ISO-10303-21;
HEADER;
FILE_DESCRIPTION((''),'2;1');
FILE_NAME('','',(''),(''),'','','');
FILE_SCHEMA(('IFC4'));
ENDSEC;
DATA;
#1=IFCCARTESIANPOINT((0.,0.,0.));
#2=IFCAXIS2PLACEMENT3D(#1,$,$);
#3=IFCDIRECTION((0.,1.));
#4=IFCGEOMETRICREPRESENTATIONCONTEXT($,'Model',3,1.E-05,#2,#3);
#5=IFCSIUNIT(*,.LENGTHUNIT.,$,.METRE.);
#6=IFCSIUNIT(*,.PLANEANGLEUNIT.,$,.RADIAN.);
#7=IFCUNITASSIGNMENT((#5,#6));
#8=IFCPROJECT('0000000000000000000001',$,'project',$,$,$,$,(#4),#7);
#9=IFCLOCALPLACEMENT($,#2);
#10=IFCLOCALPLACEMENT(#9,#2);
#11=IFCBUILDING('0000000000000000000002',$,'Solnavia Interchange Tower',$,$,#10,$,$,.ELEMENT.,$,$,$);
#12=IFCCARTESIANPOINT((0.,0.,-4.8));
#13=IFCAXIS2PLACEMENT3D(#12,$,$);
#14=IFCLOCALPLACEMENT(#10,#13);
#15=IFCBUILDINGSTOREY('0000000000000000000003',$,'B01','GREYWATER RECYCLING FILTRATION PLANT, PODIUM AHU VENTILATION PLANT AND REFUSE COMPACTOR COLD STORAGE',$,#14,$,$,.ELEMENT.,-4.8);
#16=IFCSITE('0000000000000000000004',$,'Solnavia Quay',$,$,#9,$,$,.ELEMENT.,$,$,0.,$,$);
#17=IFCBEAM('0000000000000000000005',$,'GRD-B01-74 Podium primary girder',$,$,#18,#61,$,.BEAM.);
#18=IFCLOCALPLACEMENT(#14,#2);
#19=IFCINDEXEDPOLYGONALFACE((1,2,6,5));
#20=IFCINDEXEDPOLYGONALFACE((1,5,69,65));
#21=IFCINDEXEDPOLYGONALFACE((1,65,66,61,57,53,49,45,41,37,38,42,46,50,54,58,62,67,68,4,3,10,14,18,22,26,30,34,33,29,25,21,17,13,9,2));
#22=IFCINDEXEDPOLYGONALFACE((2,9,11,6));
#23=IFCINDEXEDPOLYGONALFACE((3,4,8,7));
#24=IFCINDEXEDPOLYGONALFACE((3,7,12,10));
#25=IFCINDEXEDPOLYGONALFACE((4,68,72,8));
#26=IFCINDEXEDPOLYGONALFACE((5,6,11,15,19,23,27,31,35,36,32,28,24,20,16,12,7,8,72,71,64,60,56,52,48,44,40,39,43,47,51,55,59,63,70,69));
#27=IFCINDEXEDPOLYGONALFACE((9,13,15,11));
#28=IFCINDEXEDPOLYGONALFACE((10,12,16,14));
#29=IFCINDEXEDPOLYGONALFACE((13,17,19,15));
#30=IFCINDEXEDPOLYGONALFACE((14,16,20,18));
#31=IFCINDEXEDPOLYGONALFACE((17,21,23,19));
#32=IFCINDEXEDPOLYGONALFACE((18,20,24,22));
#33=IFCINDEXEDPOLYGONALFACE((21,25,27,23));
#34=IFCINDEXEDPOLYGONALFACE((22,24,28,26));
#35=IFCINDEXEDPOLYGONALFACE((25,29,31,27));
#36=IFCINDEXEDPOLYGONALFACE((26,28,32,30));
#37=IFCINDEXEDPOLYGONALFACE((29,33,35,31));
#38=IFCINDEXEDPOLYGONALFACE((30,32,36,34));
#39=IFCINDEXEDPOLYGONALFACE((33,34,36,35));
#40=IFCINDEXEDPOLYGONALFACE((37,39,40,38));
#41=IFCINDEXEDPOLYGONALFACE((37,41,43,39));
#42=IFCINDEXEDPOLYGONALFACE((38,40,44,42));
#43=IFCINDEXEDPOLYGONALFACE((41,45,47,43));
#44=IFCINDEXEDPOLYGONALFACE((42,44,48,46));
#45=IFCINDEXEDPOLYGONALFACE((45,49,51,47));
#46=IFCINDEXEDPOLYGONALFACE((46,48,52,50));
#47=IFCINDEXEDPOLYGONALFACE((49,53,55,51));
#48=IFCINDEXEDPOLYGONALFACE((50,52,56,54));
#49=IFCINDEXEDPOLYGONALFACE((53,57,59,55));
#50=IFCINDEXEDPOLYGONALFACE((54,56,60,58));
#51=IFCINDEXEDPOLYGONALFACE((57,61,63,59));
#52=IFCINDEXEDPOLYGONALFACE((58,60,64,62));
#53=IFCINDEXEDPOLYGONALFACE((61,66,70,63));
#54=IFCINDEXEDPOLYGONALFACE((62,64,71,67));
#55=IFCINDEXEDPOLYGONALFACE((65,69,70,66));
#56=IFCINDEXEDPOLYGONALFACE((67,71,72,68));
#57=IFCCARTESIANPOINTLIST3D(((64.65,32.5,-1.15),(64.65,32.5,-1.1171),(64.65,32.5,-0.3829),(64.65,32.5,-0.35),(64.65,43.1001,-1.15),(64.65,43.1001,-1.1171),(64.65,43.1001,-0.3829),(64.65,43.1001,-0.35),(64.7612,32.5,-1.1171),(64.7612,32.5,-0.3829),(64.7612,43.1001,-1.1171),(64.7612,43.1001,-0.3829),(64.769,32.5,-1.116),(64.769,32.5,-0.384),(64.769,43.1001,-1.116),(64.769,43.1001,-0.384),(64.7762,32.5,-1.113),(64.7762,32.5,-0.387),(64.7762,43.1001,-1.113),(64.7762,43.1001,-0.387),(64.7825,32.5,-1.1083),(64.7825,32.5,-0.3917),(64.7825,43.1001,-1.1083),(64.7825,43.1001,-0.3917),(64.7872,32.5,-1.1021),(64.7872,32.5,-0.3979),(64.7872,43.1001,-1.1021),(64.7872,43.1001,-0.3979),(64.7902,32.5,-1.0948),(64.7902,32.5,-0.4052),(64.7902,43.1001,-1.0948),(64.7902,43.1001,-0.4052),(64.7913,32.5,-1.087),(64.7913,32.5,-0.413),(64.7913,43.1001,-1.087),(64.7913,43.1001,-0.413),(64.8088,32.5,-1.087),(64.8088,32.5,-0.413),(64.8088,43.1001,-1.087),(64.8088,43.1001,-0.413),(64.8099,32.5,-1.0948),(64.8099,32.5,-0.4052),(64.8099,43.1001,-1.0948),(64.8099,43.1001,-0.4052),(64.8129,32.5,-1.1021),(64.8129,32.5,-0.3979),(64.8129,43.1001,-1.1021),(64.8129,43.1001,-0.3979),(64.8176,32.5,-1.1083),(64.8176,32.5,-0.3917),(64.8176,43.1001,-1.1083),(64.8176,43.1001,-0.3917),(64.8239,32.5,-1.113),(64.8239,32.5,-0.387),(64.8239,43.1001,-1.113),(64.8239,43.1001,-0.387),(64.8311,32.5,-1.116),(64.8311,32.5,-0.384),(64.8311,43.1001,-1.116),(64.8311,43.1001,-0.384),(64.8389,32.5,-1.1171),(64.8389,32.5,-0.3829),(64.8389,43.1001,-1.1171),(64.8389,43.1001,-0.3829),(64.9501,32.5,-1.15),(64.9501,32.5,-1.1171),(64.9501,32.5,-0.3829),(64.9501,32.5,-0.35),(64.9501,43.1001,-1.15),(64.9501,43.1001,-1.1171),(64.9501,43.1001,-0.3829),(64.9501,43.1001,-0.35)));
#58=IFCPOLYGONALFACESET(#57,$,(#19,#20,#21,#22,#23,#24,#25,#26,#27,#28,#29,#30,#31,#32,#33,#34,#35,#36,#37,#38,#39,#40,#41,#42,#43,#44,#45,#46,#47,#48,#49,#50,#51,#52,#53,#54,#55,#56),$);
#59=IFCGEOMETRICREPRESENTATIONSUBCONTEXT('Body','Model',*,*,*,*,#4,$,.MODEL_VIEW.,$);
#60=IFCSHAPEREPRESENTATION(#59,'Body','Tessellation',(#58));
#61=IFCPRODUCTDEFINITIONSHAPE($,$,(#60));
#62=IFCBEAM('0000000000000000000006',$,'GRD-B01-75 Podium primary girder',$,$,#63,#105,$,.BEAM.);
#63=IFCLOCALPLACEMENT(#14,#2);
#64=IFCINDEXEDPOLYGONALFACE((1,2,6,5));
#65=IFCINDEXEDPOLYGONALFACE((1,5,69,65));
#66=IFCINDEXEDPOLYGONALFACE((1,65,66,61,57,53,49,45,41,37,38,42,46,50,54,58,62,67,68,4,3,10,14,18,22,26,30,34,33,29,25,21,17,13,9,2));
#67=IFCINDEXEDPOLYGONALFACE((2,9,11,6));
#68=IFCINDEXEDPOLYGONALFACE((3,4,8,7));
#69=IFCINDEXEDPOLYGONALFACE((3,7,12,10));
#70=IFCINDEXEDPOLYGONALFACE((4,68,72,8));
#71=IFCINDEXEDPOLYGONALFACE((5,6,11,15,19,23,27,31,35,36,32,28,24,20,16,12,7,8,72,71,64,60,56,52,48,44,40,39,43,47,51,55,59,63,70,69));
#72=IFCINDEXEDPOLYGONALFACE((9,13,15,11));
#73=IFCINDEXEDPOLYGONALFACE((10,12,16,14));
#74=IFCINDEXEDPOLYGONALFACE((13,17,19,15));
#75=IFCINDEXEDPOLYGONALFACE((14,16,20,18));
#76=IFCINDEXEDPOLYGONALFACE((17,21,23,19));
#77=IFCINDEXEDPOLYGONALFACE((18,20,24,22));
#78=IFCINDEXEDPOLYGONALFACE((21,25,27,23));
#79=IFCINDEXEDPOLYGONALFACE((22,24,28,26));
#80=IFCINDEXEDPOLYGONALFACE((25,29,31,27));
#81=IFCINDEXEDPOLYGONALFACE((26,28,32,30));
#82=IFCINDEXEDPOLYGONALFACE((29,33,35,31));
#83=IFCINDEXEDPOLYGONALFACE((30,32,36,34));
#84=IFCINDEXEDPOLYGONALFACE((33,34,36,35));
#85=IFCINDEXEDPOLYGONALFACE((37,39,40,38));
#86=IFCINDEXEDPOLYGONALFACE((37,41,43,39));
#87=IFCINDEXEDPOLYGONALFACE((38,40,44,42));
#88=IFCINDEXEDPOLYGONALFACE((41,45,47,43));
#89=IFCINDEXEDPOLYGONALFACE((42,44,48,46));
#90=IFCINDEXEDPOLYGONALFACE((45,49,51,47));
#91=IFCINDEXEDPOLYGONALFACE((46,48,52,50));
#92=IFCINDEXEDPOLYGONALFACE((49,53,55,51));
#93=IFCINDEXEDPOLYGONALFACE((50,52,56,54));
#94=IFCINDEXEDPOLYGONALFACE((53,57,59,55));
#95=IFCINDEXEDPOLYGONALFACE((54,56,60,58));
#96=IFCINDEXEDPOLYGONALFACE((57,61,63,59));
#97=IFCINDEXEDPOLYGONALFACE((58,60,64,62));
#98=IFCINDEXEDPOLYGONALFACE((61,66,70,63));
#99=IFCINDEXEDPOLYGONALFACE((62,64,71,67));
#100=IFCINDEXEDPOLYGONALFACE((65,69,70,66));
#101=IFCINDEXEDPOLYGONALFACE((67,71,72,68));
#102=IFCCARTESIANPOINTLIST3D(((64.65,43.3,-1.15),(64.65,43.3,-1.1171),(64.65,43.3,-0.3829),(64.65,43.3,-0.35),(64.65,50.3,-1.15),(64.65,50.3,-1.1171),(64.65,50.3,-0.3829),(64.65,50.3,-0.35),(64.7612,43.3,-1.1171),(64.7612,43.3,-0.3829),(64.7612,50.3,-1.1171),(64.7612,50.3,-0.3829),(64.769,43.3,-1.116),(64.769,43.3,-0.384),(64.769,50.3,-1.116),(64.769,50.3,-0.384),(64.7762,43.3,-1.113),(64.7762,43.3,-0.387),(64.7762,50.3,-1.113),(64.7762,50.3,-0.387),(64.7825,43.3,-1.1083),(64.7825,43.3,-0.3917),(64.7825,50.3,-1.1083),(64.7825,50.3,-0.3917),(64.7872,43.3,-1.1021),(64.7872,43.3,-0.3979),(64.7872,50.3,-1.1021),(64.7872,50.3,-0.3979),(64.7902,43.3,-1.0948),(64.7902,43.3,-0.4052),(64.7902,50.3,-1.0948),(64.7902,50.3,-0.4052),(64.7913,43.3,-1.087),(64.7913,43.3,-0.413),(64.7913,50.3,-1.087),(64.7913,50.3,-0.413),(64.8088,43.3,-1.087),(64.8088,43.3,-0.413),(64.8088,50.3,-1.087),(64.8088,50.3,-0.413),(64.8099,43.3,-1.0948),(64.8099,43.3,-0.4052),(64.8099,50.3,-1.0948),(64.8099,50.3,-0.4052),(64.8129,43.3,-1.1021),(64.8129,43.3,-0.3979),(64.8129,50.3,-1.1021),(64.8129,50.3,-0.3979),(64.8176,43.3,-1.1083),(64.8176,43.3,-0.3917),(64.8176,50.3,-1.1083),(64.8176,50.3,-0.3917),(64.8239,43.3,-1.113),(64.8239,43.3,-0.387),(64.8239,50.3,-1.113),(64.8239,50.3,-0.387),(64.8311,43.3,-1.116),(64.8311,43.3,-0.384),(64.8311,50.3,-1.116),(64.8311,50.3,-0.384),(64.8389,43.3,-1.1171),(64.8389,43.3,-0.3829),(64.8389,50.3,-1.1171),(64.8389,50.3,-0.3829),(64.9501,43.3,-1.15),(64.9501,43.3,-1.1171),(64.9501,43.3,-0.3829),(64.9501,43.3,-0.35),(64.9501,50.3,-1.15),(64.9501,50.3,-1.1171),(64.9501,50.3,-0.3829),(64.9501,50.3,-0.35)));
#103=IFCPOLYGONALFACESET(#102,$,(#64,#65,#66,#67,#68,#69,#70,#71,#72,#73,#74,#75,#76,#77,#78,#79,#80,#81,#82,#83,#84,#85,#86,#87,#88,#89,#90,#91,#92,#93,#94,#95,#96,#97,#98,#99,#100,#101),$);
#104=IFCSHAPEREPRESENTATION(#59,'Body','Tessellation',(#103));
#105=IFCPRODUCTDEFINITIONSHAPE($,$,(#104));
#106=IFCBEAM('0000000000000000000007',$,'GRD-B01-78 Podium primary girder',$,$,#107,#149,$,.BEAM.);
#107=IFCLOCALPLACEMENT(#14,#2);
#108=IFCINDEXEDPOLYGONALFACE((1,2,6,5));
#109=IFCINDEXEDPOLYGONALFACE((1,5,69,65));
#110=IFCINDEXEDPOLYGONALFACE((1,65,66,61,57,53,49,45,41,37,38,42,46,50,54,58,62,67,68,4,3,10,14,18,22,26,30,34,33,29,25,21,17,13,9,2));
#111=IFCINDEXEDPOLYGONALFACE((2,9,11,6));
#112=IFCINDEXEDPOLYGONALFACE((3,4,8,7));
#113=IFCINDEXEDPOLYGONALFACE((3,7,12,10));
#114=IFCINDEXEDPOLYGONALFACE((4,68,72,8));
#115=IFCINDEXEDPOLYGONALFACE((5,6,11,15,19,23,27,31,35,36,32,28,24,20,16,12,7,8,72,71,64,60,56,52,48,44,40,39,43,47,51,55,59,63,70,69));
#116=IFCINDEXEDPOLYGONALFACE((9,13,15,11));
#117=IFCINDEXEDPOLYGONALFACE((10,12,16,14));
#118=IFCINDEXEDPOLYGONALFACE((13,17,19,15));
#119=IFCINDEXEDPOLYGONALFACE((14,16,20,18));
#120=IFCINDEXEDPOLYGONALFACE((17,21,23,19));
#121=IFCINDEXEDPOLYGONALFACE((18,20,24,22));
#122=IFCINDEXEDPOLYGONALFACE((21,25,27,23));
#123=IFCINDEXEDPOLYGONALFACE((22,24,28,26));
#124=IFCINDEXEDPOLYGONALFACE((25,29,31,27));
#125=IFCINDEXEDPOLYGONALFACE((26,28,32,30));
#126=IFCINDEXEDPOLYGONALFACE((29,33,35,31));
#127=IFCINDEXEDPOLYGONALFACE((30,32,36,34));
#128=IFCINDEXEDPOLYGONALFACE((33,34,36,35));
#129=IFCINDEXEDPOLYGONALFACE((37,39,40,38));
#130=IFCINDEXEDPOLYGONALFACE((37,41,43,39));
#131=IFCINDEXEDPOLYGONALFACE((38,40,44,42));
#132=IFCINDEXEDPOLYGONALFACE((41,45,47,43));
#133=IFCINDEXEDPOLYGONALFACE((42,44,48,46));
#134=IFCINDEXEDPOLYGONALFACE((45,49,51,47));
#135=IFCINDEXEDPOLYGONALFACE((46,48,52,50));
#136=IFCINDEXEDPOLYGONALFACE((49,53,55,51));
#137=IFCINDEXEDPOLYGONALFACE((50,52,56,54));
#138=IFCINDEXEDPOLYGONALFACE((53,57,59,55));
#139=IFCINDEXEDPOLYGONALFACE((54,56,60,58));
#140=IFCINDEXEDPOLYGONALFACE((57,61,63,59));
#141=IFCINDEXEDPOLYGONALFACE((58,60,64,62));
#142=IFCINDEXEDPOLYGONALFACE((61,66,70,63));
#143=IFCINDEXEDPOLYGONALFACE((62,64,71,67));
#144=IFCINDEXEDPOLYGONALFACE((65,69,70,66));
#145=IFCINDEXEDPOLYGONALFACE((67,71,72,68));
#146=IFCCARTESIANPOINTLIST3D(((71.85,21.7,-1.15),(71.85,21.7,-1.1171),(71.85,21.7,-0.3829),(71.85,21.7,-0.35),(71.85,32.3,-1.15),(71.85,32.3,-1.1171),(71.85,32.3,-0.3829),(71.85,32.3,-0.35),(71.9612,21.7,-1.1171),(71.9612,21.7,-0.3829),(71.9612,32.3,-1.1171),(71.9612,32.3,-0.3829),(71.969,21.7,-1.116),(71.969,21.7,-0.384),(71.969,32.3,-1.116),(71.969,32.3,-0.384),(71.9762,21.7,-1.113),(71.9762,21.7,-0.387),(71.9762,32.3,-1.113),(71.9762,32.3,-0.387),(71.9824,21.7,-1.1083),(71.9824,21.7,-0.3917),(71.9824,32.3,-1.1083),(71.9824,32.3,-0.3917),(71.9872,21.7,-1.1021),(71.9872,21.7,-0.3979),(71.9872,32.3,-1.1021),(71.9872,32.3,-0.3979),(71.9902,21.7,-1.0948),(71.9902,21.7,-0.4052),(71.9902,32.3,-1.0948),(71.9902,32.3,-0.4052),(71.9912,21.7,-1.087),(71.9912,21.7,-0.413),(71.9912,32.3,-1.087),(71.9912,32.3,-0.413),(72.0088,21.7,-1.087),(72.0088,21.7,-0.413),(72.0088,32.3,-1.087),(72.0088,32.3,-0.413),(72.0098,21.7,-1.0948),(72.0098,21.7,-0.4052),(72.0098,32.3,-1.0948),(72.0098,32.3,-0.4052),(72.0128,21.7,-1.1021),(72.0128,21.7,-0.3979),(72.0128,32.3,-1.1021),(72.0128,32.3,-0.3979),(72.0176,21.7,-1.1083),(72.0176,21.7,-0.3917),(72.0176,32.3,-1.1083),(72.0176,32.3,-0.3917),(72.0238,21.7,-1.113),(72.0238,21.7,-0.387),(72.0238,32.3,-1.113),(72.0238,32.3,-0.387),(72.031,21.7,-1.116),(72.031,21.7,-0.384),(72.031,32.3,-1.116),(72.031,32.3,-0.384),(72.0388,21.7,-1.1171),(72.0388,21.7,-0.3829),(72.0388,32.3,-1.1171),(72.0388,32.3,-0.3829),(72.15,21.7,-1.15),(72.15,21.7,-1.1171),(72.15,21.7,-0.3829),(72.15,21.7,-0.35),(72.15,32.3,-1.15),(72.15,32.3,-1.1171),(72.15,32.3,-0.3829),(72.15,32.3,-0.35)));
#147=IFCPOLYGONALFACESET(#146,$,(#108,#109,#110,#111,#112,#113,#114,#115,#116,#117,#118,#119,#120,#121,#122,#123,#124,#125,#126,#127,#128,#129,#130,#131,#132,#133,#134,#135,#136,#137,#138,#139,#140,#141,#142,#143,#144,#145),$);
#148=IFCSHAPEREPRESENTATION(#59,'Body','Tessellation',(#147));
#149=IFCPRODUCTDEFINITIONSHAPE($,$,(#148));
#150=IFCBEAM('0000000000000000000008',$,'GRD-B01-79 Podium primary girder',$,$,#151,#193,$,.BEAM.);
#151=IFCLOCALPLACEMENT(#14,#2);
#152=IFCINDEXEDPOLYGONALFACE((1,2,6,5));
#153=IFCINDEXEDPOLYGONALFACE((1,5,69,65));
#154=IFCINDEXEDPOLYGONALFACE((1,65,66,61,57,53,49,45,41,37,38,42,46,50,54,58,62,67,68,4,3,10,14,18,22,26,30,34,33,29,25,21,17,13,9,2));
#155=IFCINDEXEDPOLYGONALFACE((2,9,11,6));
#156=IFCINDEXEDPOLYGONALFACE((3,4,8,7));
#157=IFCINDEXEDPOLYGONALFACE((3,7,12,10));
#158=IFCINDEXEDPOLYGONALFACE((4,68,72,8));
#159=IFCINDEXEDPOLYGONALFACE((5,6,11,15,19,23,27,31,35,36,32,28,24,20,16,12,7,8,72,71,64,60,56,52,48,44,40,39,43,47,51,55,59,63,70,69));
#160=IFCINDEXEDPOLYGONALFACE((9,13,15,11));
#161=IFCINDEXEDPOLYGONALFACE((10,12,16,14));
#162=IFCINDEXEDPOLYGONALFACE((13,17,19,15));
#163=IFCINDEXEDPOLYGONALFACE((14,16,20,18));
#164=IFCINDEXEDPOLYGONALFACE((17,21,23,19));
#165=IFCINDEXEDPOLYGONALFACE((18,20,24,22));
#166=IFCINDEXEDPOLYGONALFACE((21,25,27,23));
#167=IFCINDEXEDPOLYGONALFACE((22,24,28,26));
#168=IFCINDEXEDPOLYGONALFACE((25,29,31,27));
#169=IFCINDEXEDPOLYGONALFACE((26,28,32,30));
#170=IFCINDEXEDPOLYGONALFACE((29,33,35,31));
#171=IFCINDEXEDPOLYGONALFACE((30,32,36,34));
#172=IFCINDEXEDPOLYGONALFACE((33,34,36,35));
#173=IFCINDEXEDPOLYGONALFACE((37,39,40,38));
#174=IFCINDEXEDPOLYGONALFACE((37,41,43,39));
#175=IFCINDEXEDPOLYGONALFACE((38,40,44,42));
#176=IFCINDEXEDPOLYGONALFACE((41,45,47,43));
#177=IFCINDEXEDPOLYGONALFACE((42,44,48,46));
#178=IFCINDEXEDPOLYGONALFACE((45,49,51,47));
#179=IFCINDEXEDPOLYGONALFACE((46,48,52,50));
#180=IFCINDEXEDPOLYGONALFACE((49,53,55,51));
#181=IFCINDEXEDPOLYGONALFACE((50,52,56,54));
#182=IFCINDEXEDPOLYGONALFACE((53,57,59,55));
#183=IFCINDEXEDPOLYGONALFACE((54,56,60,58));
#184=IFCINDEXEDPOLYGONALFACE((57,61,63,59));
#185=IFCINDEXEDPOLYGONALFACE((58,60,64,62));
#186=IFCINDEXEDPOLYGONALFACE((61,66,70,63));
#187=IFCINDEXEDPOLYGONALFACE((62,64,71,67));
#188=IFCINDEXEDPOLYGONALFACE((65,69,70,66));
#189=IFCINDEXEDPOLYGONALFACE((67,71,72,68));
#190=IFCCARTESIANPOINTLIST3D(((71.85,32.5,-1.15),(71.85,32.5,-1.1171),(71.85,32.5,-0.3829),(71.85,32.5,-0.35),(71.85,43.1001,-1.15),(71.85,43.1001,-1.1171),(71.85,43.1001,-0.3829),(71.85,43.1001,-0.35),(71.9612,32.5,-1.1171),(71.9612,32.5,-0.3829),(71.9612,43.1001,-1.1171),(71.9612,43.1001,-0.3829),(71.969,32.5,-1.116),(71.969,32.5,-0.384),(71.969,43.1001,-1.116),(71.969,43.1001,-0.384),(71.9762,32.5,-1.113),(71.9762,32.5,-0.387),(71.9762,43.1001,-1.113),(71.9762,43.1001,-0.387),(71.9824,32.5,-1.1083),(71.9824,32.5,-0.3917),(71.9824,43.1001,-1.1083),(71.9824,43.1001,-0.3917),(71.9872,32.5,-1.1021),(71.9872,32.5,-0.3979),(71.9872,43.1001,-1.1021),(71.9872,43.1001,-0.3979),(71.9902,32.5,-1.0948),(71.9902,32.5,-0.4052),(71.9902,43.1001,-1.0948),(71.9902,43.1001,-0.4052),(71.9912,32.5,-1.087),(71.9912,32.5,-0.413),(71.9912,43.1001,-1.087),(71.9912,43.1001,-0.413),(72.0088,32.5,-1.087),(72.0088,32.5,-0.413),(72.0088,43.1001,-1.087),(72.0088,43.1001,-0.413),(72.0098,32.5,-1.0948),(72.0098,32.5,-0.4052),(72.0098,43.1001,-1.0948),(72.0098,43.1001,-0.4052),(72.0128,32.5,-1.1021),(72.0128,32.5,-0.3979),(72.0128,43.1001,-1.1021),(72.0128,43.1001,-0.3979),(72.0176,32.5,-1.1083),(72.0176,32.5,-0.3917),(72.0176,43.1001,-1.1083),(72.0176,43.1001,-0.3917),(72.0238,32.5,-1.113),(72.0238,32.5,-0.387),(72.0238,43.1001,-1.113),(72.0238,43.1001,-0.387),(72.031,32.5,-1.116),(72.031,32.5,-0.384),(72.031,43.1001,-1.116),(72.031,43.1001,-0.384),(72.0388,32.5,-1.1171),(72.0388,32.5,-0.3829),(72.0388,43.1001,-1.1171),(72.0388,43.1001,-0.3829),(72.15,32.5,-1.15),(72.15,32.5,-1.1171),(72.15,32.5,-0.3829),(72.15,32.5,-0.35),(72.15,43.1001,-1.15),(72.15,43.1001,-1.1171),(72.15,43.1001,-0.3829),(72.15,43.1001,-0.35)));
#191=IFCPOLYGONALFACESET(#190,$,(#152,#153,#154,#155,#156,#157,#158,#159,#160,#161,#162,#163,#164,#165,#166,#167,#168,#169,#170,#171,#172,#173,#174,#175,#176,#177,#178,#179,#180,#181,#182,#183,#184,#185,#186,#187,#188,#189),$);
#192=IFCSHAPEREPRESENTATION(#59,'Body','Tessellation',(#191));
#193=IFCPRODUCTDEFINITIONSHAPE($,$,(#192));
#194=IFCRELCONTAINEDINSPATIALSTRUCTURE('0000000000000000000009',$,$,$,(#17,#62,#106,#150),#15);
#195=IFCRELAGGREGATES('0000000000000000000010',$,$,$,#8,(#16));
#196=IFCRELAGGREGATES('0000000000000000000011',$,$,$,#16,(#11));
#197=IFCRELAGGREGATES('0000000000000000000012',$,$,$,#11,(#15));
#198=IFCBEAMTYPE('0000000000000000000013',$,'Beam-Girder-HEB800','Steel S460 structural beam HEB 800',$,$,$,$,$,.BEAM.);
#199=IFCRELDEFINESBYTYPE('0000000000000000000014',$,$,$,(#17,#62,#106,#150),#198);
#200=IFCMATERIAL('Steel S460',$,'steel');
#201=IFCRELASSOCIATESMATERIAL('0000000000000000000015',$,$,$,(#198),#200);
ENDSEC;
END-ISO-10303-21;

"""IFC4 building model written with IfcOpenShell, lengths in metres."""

from ifc_helpers import new_model, si_unit, direction, frame, origin, origin_2d, place, context, subcontext, project, spatial, i_section, extrude, material, material_profile, profile_set, type_object, element, save


model = new_model("IFC4")

# Units and contexts
model_context = context("Model", 3, precision=1e-05, world=origin(), true_north=direction((0.0, 1.0)))
body_context = subcontext(model_context, "Body", "Model", "MODEL_VIEW")
ifc_project = project(units=[si_unit("LENGTHUNIT", "METRE"), si_unit("PLANEANGLEUNIT", "RADIAN")], contexts=[model_context])

# Site, building, storey
site_placement = place(None, origin())
site = spatial("IfcSite", under=ifc_project, at=site_placement, Name="Solnavia Quay", CompositionType="ELEMENT", RefElevation=0.0)
building_placement = place(site_placement, origin())
building = spatial("IfcBuilding", under=site, at=building_placement, Name="Solnavia Interchange Tower", CompositionType="ELEMENT")
storey_placement = place(building_placement, frame((0.0, 0.0, -4.8)))
storey = spatial("IfcBuildingStorey", under=building, at=storey_placement, Name="B01", Description="GREYWATER RECYCLING FILTRATION PLANT, PODIUM AHU VENTILATION PLANT AND REFUSE COMPACTOR COLD STORAGE", CompositionType="ELEMENT", Elevation=-4.8)

# Beams
ifc_material_1 = material(Name="Steel S460", Category="steel")
ifc_material_profile_1 = material_profile(ifc_material_1, i_section(OverallWidth=0.3, OverallDepth=0.8, WebThickness=0.0176, FlangeThickness=0.033, FilletRadius=0.03, at=origin_2d()), Name="HEB 800")
ifc_profile_set_1 = profile_set([ifc_material_profile_1], Name="Steel S460")
beam_type_1 = type_object("IfcBeamType", Name="Beam-Girder-HEB800", Description="Steel S460 structural beam HEB 800", PredefinedType="BEAM", material=ifc_profile_set_1)
for number, where, z_axis, x_axis, name in (
    (1, (64.8, 32.5, -0.75), (0.0, 1.0, 0.0), (-1.0, 0.0, 0.0), "GRD-B01-74 Podium primary girder"),
):
    element("IfcBeam", number, at=place(storey_placement, frame(where, z_axis=z_axis, x_axis=x_axis)), inside=storey, type_object=beam_type_1, Name=name, PredefinedType="BEAM", context=body_context, shape_type="SweptSolid", body=[
        extrude(i_section(OverallWidth=0.3, OverallDepth=0.8, WebThickness=0.0176, FlangeThickness=0.033, FilletRadius=0.03, at=origin_2d()), origin(), (0.0, 0.0, 1.0), 10.6001),
    ])
beam_1_placement = place(storey_placement, frame((64.8, 43.3, -0.75), z_axis=(0.0, 1.0, 0.0), x_axis=(-1.0, 0.0, 0.0)))
element("IfcBeam", 2, at=beam_1_placement, inside=storey, type_object=beam_type_1, Name="GRD-B01-75 Podium primary girder", PredefinedType="BEAM", context=body_context, shape_type="SweptSolid", body=[
    extrude(i_section(OverallWidth=0.3, OverallDepth=0.8, WebThickness=0.0176, FlangeThickness=0.033, FilletRadius=0.03, at=origin_2d()), origin(), (0.0, 0.0, 1.0), 7.0),
])
for number, where, z_axis, x_axis, name in (
    (3, (72.0, 21.7, -0.75), (0.0, 1.0, 0.0), (-1.0, 0.0, 0.0), "GRD-B01-78 Podium primary girder"),
    (4, (72.0, 32.5, -0.75), (0.0, 1.0, 0.0), (-1.0, 0.0, 0.0), "GRD-B01-79 Podium primary girder"),
):
    element("IfcBeam", number, at=place(storey_placement, frame(where, z_axis=z_axis, x_axis=x_axis)), inside=storey, type_object=beam_type_1, Name=name, PredefinedType="BEAM", context=body_context, shape_type="SweptSolid", body=[
        extrude(i_section(OverallWidth=0.3, OverallDepth=0.8, WebThickness=0.0176, FlangeThickness=0.033, FilletRadius=0.03, at=origin_2d()), origin(), (0.0, 0.0, 1.0), 10.6001),
    ])

save(model, "model.ifc")
